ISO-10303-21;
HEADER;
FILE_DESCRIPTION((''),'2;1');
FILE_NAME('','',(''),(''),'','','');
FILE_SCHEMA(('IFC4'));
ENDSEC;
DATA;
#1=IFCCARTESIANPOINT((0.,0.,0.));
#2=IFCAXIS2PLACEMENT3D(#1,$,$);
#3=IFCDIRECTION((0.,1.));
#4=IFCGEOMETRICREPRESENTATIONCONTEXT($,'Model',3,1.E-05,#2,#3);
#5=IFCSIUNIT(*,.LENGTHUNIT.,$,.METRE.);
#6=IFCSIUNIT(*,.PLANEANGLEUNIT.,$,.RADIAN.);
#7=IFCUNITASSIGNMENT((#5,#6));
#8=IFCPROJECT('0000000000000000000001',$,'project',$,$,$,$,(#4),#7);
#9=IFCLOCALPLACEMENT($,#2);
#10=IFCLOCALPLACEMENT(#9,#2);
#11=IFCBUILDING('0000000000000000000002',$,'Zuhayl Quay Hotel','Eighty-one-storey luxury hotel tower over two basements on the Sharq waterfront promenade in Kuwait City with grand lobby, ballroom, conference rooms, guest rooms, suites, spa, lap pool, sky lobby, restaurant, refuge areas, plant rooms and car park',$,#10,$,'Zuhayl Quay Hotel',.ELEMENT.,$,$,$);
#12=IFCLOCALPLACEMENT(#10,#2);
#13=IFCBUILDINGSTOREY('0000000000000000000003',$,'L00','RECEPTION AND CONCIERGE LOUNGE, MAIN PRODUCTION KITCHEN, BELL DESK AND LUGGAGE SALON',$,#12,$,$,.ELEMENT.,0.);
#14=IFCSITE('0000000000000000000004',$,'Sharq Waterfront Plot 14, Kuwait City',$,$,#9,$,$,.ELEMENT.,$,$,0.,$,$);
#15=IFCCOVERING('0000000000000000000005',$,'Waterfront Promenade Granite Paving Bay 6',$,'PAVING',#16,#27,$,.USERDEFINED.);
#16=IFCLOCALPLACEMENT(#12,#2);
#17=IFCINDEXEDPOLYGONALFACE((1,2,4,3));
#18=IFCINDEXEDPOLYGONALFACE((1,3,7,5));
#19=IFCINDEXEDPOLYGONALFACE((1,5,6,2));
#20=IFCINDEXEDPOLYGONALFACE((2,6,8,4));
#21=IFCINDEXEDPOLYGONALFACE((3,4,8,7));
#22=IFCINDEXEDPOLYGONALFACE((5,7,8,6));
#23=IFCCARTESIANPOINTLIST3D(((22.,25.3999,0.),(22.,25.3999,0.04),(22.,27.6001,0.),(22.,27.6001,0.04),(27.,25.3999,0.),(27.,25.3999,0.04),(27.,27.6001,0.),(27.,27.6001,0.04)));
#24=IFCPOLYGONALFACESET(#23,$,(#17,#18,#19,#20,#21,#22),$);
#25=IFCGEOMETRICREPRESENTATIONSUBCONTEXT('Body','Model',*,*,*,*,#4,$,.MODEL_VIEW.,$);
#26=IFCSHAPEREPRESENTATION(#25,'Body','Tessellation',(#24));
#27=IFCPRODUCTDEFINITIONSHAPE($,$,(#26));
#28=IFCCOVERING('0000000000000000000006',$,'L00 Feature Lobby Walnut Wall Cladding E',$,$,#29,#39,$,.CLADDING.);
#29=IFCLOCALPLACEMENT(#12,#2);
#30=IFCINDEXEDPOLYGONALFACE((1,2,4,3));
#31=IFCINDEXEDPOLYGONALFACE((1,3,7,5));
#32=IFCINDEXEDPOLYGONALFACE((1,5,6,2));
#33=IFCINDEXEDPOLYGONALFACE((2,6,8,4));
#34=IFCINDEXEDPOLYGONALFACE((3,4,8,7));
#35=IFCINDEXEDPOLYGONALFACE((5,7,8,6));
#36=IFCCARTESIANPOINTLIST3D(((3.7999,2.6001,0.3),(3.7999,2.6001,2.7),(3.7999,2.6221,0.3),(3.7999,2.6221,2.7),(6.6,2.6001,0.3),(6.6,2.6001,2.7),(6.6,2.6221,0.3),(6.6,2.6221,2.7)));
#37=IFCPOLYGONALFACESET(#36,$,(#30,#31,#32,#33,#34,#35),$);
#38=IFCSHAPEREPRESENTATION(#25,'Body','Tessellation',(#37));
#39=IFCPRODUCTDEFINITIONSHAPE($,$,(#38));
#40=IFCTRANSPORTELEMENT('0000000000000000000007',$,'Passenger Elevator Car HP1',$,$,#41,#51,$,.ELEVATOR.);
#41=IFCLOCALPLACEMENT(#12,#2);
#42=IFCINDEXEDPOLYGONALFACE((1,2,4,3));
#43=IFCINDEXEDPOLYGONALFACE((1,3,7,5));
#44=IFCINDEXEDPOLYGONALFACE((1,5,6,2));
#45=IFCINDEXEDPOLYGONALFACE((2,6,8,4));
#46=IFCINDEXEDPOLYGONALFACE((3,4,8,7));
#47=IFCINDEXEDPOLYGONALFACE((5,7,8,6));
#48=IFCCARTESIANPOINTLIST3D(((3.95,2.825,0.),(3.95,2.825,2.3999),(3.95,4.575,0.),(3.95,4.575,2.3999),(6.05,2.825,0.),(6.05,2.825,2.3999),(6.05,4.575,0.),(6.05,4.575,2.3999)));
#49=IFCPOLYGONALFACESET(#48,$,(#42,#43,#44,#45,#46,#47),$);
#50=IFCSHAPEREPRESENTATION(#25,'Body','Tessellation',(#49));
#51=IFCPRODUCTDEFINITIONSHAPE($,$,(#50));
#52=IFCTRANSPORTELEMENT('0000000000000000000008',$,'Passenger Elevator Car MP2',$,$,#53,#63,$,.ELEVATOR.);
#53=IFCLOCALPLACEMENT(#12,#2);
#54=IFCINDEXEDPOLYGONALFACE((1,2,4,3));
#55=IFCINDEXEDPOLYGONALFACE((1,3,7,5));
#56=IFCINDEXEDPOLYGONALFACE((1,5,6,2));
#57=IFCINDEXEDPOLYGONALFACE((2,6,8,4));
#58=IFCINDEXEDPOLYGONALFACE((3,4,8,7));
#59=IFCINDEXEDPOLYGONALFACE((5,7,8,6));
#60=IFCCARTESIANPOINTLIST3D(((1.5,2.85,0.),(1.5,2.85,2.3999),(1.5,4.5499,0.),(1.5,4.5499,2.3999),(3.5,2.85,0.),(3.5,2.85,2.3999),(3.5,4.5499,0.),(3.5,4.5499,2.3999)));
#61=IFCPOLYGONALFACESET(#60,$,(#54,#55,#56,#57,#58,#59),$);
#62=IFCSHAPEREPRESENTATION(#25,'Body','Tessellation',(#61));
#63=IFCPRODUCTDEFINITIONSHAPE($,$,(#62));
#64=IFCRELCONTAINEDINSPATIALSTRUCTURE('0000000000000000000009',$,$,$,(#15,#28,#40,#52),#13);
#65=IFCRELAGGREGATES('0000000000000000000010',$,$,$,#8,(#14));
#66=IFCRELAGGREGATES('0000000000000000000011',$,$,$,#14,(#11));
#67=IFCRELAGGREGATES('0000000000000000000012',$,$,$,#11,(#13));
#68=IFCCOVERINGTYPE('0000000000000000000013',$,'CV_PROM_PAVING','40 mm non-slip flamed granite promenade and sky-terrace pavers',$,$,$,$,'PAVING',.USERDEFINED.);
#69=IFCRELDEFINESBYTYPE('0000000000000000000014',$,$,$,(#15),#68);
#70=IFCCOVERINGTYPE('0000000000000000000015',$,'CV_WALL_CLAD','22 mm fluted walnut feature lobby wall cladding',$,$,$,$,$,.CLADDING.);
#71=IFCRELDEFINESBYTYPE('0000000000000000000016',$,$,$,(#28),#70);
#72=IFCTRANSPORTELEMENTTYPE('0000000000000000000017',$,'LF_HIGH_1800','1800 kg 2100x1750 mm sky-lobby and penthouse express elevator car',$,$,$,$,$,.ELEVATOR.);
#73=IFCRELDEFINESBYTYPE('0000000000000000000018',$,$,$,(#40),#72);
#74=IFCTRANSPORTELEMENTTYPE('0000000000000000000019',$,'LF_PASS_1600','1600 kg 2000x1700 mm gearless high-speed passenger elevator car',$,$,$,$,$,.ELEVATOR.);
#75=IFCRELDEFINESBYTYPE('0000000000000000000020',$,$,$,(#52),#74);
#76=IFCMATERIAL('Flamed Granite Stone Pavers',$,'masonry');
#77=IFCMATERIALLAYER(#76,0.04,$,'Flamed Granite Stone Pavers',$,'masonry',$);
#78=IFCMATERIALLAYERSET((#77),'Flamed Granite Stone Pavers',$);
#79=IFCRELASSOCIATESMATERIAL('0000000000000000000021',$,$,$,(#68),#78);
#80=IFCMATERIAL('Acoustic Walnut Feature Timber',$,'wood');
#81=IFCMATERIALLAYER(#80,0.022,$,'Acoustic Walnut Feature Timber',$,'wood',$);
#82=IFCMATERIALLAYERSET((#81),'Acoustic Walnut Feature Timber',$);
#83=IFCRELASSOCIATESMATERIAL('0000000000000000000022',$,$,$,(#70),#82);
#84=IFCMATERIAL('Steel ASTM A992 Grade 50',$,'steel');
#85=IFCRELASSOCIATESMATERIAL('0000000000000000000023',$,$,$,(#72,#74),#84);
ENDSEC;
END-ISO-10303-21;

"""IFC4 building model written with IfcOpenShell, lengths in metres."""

from ifc_helpers import new_model, si_unit, direction, frame, origin, origin_2d, place, context, subcontext, project, spatial, polyline, rectangle, outline, extrude, material, layer, layer_set, type_object, element, save


model = new_model("IFC4")

# Units and contexts
model_context = context("Model", 3, precision=1e-05, world=origin(), true_north=direction((0.0, 1.0)))
body_context = subcontext(model_context, "Body", "Model", "MODEL_VIEW")
ifc_project = project(units=[si_unit("LENGTHUNIT", "METRE"), si_unit("PLANEANGLEUNIT", "RADIAN")], contexts=[model_context])

# Site, building, storey
site_placement = place(None, origin())
site = spatial("IfcSite", under=ifc_project, at=site_placement, Name="Sharq Waterfront Plot 14, Kuwait City", CompositionType="ELEMENT", RefElevation=0.0)
building_placement = place(site_placement, origin())
building = spatial("IfcBuilding", under=site, at=building_placement, Name="Zuhayl Quay Hotel", Description="Eighty-one-storey luxury hotel tower over two basements on the Sharq waterfront promenade in Kuwait City with grand lobby, ballroom, conference rooms, guest rooms, suites, spa, lap pool, sky lobby, restaurant, refuge areas, plant rooms and car park", LongName="Zuhayl Quay Hotel", CompositionType="ELEMENT")
storey_placement = place(building_placement, origin())
storey = spatial("IfcBuildingStorey", under=building, at=storey_placement, Name="L00", Description="RECEPTION AND CONCIERGE LOUNGE, MAIN PRODUCTION KITCHEN, BELL DESK AND LUGGAGE SALON", CompositionType="ELEMENT", Elevation=0.0)

# Shared definitions
ifc_material_1 = material(Name="Steel ASTM A992 Grade 50", Category="steel")

# Coverings
ifc_material_2 = material(Name="Flamed Granite Stone Pavers", Category="masonry")
ifc_layer_1 = layer(ifc_material_2, 0.04, Name="Flamed Granite Stone Pavers", Category="masonry")
ifc_layer_set_1 = layer_set([ifc_layer_1], Name="Flamed Granite Stone Pavers")
covering_type_1 = type_object("IfcCoveringType", Name="CV_PROM_PAVING", Description="40 mm non-slip flamed granite promenade and sky-terrace pavers", ElementType="PAVING", PredefinedType="USERDEFINED", material=ifc_layer_set_1)
covering_1_placement = place(storey_placement, origin())
element("IfcCovering", 1, at=covering_1_placement, inside=storey, type_object=covering_type_1, Name="Waterfront Promenade Granite Paving Bay 6", ObjectType="PAVING", PredefinedType="USERDEFINED", context=body_context, shape_type="SweptSolid", body=[
    extrude(outline(polyline([(22.0, 25.3999), (27.0, 25.3999), (27.0, 27.6001), (22.0, 27.6001), (22.0, 25.3999)])), origin(), (0.0, 0.0, 1.0), 0.04),
])
ifc_material_3 = material(Name="Acoustic Walnut Feature Timber", Category="wood")
ifc_layer_2 = layer(ifc_material_3, 0.022, Name="Acoustic Walnut Feature Timber", Category="wood")
ifc_layer_set_2 = layer_set([ifc_layer_2], Name="Acoustic Walnut Feature Timber")
covering_type_2 = type_object("IfcCoveringType", Name="CV_WALL_CLAD", Description="22 mm fluted walnut feature lobby wall cladding", PredefinedType="CLADDING", material=ifc_layer_set_2)
covering_2_placement = place(storey_placement, frame((5.2, 2.6111, 0.3), z_axis=(0.0, 0.0, 1.0), x_axis=(1.0, 0.0, 0.0)))
element("IfcCovering", 2, at=covering_2_placement, inside=storey, type_object=covering_type_2, Name="L00 Feature Lobby Walnut Wall Cladding E", PredefinedType="CLADDING", context=body_context, shape_type="SweptSolid", body=[
    extrude(rectangle(XDim=2.8, YDim=0.022, at=origin_2d()), origin(), (0.0, 0.0, 1.0), 2.3999),
])

# Transport elements
transport_element_type_1 = type_object("IfcTransportElementType", Name="LF_HIGH_1800", Description="1800 kg 2100x1750 mm sky-lobby and penthouse express elevator car", PredefinedType="ELEVATOR", material=ifc_material_1)
transport_element_1_placement = place(storey_placement, frame((5.0, 3.7, 0.0), z_axis=(0.0, 0.0, 1.0), x_axis=(1.0, 0.0, 0.0)))
element("IfcTransportElement", 3, at=transport_element_1_placement, inside=storey, type_object=transport_element_type_1, Name="Passenger Elevator Car HP1", PredefinedType="ELEVATOR", context=body_context, shape_type="SweptSolid", body=[
    extrude(rectangle(XDim=2.1001, YDim=1.75, at=origin_2d()), origin(), (0.0, 0.0, 1.0), 2.3999),
])
transport_element_type_2 = type_object("IfcTransportElementType", Name="LF_PASS_1600", Description="1600 kg 2000x1700 mm gearless high-speed passenger elevator car", PredefinedType="ELEVATOR", material=ifc_material_1)
transport_element_2_placement = place(storey_placement, frame((2.5, 3.7, 0.0), z_axis=(0.0, 0.0, 1.0), x_axis=(1.0, 0.0, 0.0)))
element("IfcTransportElement", 4, at=transport_element_2_placement, inside=storey, type_object=transport_element_type_2, Name="Passenger Elevator Car MP2", PredefinedType="ELEVATOR", context=body_context, shape_type="SweptSolid", body=[
    extrude(rectangle(XDim=2.0, YDim=1.7, at=origin_2d()), origin(), (0.0, 0.0, 1.0), 2.3999),
])

save(model, "model.ifc")
